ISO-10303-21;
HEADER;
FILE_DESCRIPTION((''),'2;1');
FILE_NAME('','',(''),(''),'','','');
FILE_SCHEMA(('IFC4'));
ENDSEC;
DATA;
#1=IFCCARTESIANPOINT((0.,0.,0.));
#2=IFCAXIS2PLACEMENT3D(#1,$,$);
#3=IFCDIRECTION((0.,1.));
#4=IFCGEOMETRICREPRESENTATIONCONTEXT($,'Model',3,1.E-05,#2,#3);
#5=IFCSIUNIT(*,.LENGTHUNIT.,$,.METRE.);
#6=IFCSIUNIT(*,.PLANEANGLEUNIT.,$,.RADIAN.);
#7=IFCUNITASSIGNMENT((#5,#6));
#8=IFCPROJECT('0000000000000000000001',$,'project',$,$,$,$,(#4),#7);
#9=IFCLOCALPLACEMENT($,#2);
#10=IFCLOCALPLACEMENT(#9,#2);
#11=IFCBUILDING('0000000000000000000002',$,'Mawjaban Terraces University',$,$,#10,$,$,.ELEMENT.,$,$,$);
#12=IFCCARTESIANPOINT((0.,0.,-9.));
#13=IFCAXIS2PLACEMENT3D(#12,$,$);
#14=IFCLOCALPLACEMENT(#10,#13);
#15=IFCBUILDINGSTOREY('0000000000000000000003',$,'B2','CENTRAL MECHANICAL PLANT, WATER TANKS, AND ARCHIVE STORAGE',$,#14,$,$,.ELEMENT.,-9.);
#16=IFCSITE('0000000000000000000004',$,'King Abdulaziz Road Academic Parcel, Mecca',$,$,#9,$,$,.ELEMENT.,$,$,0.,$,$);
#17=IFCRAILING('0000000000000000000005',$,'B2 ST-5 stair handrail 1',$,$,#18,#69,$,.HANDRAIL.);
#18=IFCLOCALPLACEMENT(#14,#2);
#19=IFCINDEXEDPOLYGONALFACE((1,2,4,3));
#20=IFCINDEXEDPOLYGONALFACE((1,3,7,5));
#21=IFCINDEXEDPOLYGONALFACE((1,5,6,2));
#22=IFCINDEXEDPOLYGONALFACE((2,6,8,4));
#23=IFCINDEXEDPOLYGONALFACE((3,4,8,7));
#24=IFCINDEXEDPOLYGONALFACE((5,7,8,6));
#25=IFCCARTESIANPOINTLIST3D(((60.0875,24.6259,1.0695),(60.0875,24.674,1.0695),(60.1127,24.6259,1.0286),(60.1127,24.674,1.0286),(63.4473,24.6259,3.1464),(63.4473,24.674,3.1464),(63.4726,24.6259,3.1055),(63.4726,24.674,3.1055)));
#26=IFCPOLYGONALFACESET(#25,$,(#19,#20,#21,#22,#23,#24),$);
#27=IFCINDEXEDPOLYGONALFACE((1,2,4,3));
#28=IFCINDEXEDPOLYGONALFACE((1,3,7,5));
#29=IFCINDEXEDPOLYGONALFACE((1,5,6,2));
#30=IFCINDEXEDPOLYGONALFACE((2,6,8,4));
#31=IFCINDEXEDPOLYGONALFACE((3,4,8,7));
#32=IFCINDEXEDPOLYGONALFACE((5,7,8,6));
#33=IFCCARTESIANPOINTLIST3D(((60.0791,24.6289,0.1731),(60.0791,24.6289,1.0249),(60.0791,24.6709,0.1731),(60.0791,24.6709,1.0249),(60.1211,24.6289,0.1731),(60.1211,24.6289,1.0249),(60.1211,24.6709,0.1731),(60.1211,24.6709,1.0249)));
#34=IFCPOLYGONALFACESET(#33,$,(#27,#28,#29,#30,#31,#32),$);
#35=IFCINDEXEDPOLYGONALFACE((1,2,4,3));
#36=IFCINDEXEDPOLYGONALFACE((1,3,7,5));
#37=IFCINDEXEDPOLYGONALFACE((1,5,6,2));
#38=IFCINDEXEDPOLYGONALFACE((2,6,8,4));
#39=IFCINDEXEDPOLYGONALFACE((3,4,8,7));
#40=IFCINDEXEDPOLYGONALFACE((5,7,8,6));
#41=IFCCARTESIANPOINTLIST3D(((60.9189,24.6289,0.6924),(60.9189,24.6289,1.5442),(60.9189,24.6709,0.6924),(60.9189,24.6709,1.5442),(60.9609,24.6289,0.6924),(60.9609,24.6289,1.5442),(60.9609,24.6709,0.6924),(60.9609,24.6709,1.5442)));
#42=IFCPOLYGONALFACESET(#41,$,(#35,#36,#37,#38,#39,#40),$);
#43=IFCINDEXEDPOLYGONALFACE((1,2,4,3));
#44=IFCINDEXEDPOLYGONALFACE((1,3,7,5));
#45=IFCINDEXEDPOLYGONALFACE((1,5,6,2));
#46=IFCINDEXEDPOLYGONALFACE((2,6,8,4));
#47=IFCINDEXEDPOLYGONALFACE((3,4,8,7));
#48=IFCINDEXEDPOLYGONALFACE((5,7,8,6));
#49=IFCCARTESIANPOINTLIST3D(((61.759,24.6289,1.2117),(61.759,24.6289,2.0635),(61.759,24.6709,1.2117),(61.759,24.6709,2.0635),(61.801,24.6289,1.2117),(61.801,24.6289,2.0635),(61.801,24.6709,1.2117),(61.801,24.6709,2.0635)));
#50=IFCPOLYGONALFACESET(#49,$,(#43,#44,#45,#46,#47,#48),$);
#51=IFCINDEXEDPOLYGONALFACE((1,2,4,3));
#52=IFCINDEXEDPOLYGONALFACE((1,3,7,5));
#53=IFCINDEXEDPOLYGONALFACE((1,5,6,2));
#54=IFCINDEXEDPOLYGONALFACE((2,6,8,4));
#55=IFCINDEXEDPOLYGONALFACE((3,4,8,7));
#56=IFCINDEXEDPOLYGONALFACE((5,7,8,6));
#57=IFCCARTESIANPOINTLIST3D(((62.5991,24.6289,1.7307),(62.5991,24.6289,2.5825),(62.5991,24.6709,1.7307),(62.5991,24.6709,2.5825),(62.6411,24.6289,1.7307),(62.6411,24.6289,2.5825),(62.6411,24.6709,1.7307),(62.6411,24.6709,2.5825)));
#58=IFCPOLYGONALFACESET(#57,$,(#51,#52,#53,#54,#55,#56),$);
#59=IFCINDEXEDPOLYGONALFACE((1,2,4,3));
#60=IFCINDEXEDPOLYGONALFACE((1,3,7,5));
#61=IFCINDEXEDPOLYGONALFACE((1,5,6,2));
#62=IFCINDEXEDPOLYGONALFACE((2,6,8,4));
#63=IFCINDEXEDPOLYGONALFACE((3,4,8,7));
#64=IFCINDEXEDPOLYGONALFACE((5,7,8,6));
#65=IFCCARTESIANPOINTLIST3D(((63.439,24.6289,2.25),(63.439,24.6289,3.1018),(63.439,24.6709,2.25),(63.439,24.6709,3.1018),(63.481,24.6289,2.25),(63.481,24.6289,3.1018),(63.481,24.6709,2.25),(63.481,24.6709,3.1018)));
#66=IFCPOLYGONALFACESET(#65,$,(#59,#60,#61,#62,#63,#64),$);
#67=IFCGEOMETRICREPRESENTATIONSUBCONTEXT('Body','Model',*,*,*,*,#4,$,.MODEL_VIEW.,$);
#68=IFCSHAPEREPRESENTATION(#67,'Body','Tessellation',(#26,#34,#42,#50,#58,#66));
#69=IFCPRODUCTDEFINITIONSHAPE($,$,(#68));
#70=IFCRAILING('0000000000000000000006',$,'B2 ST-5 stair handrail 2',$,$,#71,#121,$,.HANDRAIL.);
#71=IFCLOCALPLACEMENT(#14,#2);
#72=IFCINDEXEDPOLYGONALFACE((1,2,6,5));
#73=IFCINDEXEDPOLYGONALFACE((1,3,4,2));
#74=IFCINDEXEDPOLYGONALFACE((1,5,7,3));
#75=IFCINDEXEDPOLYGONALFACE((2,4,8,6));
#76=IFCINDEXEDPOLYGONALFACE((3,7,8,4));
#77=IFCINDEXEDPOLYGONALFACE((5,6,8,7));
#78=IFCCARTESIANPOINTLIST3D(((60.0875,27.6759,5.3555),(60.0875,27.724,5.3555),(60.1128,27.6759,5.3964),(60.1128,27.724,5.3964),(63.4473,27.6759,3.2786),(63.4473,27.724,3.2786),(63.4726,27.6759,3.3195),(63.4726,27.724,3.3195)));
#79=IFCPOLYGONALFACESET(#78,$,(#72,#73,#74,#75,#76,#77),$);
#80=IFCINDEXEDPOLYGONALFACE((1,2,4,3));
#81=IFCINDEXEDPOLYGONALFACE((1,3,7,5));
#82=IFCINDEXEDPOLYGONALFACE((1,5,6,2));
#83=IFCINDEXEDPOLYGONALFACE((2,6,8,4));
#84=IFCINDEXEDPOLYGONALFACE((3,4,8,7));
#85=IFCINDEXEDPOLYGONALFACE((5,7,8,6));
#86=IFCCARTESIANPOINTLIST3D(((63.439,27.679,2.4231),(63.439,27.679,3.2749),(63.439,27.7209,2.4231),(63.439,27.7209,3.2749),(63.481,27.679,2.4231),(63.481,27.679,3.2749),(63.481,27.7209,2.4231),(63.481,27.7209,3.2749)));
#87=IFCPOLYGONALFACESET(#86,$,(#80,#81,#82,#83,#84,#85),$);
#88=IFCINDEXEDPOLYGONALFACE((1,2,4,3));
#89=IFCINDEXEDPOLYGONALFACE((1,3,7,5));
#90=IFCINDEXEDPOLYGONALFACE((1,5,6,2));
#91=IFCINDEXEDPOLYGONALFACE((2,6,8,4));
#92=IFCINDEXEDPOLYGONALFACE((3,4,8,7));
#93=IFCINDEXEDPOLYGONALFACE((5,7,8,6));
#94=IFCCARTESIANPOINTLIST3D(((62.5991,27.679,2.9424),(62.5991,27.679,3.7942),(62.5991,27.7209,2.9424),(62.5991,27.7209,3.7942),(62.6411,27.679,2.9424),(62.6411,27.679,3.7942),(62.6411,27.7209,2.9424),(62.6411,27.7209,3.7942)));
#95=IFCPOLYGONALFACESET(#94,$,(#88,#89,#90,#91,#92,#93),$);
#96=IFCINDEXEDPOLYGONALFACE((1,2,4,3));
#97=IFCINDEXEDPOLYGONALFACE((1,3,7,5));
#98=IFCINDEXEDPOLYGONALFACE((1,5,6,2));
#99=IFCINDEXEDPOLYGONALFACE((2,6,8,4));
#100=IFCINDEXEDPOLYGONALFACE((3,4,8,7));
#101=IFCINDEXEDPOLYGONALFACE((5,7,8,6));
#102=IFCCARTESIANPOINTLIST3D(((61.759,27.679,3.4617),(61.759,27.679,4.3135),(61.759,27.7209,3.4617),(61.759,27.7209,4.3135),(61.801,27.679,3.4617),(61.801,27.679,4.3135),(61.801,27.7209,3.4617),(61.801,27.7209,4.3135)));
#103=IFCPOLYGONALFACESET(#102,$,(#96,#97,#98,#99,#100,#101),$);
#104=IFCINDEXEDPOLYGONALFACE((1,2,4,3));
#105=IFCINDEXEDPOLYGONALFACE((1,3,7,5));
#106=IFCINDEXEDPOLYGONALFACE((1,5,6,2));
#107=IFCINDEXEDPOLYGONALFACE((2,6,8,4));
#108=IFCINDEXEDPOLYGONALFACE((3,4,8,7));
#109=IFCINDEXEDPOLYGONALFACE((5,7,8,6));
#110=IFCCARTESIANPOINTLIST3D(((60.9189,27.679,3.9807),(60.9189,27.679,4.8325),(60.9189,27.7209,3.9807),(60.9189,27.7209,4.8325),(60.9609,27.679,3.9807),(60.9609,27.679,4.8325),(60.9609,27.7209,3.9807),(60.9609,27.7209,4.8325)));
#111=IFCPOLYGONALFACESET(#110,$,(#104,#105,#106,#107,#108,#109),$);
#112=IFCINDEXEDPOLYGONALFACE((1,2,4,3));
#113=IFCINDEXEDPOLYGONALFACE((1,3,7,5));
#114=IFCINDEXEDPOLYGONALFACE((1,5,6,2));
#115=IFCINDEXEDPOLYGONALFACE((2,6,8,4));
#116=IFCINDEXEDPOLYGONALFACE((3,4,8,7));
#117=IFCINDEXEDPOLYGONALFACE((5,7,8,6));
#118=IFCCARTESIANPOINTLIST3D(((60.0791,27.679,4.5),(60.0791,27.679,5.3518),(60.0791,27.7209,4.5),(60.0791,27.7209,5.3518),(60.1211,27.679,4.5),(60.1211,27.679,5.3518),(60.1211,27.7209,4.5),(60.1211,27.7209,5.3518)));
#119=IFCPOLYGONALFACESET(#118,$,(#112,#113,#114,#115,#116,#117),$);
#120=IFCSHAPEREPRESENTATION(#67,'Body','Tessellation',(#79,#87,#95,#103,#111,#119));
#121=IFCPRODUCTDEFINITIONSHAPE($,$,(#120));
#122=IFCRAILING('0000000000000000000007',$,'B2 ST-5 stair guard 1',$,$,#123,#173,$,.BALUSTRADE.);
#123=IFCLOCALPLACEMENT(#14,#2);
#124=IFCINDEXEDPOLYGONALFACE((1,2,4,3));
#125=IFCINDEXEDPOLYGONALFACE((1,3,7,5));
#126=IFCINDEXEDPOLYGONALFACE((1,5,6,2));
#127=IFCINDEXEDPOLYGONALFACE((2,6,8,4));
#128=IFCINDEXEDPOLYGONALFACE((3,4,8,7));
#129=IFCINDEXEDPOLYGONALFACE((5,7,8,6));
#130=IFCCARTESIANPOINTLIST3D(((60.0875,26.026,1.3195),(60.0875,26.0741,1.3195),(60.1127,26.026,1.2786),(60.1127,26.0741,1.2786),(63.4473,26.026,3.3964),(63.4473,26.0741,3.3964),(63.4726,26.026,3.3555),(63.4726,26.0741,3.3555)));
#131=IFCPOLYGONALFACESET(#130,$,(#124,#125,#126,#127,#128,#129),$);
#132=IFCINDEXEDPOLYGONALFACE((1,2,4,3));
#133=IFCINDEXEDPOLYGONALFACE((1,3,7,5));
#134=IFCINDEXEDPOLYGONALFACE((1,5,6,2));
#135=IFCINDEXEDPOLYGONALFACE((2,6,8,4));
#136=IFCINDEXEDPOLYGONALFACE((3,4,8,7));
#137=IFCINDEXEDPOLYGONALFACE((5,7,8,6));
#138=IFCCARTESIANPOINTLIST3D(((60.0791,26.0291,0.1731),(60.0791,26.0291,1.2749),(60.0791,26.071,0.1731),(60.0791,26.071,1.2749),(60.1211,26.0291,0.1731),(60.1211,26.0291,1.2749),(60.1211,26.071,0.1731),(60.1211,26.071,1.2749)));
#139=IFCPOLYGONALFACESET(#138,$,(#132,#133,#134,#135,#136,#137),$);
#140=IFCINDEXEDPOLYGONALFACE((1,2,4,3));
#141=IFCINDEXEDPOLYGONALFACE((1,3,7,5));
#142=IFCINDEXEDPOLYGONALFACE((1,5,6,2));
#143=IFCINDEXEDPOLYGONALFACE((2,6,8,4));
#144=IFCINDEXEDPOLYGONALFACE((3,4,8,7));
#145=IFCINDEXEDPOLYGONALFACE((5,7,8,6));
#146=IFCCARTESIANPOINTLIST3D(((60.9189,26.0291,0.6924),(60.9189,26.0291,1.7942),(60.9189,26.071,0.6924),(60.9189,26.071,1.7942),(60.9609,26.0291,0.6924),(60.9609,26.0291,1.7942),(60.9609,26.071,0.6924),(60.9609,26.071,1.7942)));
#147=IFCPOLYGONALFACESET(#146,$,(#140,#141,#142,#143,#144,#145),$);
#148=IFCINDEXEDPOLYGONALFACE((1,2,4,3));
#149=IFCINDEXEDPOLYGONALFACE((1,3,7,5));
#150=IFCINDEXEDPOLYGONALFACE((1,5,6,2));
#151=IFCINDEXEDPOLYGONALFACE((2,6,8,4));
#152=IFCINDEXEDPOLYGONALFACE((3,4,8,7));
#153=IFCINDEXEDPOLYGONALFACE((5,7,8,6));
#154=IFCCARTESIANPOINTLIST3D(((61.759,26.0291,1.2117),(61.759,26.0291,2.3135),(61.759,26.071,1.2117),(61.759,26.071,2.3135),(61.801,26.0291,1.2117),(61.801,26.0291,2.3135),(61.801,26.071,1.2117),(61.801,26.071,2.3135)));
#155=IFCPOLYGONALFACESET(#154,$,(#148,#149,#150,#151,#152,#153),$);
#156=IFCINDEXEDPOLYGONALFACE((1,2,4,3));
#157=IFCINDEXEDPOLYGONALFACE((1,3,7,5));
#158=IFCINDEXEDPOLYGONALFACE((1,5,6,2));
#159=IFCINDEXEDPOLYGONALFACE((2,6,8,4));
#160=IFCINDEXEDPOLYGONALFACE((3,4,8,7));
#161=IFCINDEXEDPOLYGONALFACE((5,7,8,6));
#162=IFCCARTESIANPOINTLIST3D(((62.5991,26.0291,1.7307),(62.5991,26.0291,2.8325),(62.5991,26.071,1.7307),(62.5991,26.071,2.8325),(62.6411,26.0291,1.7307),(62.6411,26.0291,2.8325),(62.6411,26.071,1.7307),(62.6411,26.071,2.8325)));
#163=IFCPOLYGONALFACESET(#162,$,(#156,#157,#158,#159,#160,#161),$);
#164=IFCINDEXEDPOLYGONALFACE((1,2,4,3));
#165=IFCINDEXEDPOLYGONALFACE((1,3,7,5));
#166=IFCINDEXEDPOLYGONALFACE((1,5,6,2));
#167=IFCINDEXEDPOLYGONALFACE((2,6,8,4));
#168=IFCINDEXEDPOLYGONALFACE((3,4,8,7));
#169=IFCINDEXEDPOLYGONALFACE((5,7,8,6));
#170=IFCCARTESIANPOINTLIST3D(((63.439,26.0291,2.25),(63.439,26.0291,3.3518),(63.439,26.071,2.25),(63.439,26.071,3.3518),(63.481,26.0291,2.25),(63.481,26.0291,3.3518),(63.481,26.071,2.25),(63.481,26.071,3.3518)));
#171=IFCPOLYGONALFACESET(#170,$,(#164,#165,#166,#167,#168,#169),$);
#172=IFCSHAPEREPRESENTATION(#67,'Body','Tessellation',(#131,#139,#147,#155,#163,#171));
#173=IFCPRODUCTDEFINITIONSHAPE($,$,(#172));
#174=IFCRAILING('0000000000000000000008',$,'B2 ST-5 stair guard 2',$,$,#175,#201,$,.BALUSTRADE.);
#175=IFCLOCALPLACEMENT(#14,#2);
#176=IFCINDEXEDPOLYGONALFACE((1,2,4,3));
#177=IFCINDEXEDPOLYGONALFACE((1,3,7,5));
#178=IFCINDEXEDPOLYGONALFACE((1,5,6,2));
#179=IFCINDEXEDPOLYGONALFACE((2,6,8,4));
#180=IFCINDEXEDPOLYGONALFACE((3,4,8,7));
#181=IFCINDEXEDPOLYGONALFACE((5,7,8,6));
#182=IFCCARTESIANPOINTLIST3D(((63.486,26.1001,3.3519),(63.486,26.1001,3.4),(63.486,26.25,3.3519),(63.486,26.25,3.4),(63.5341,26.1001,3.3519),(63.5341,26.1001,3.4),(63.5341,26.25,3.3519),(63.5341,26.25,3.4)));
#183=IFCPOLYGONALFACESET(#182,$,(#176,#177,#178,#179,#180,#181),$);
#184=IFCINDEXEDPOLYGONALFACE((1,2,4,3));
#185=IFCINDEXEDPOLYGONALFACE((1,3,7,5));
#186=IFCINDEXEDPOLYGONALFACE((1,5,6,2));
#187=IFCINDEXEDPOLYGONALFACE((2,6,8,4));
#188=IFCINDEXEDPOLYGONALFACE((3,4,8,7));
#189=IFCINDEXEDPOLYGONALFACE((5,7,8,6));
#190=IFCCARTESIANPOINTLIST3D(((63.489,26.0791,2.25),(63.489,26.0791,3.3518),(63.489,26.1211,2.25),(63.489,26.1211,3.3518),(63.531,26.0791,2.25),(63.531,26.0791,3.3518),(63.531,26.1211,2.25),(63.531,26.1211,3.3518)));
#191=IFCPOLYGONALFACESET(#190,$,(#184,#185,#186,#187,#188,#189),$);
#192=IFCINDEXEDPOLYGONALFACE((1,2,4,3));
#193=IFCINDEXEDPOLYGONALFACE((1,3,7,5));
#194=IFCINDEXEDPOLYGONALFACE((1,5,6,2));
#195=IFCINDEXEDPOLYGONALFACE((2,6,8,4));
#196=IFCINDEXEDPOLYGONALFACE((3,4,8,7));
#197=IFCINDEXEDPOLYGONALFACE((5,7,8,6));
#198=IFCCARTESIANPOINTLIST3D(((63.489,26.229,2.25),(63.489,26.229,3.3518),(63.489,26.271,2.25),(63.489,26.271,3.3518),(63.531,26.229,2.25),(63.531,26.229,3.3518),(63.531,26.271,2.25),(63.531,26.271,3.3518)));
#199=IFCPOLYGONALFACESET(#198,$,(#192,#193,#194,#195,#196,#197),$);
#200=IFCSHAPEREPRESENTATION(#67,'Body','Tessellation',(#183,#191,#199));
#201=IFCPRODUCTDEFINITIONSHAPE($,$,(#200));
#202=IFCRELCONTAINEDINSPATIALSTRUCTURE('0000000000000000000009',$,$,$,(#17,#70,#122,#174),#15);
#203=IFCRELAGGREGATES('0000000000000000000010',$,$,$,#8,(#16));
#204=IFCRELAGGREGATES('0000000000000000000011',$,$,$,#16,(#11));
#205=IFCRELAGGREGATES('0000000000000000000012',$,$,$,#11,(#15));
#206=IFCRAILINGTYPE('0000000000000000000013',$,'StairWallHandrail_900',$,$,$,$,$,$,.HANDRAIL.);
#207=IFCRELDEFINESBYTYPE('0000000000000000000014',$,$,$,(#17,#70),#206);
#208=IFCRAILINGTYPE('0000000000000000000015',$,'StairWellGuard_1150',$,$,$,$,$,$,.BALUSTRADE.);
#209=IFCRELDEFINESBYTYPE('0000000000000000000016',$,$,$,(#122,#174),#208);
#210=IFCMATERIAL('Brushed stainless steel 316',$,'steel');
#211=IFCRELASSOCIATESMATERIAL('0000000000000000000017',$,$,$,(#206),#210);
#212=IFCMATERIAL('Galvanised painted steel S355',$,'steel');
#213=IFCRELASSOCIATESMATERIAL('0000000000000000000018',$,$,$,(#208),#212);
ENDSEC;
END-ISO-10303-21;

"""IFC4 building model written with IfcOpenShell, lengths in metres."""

from ifc_helpers import new_model, si_unit, direction, frame, origin, origin_2d, place, context, subcontext, project, spatial, rectangle, extrude, material, type_object, element, save


model = new_model("IFC4")

# Units and contexts
model_context = context("Model", 3, precision=1e-05, world=origin(), true_north=direction((0.0, 1.0)))
body_context = subcontext(model_context, "Body", "Model", "MODEL_VIEW")
ifc_project = project(units=[si_unit("LENGTHUNIT", "METRE"), si_unit("PLANEANGLEUNIT", "RADIAN")], contexts=[model_context])

# Site, building, storey
site_placement = place(None, origin())
site = spatial("IfcSite", under=ifc_project, at=site_placement, Name="King Abdulaziz Road Academic Parcel, Mecca", CompositionType="ELEMENT", RefElevation=0.0)
building_placement = place(site_placement, origin())
building = spatial("IfcBuilding", under=site, at=building_placement, Name="Mawjaban Terraces University", CompositionType="ELEMENT")
storey_placement = place(building_placement, frame((0.0, 0.0, -9.0)))
storey = spatial("IfcBuildingStorey", under=building, at=storey_placement, Name="B2", Description="CENTRAL MECHANICAL PLANT, WATER TANKS, AND ARCHIVE STORAGE", CompositionType="ELEMENT", Elevation=-9.0)

# Railings
ifc_material_1 = material(Name="Brushed stainless steel 316", Category="steel")
railing_type_1 = type_object("IfcRailingType", Name="StairWallHandrail_900", PredefinedType="HANDRAIL", material=ifc_material_1)
railing_1_placement = place(storey_placement, frame((60.1001, 24.6499, 0.1731)))
element("IfcRailing", 1, at=railing_1_placement, inside=storey, type_object=railing_type_1, Name="B2 ST-5 stair handrail 1", PredefinedType="HANDRAIL", context=body_context, shape_type="SweptSolid", body=[
    extrude(rectangle(XDim=0.0481, YDim=0.0481, at=origin_2d()), frame((0.0, 0.0, 0.876), z_axis=(0.850606, 0.0, 0.525803), x_axis=(0.0, 1.0, 0.0)), (0.0, 0.0, 1.0), 3.95),
    extrude(rectangle(XDim=0.042, YDim=0.042, at=origin_2d()), origin(), (0.0, 0.0, 1.0), 0.8518),
    extrude(rectangle(XDim=0.042, YDim=0.042, at=origin_2d()), frame((0.8398, 0.0, 0.5193)), (0.0, 0.0, 1.0), 0.8518),
    extrude(rectangle(XDim=0.042, YDim=0.042, at=origin_2d()), frame((1.6799, 0.0, 1.0386)), (0.0, 0.0, 1.0), 0.8518),
    extrude(rectangle(XDim=0.042, YDim=0.042, at=origin_2d()), frame((2.52, 0.0, 1.5576)), (0.0, 0.0, 1.0), 0.8518),
    extrude(rectangle(XDim=0.042, YDim=0.042, at=origin_2d()), frame((3.3599, 0.0, 2.0769)), (0.0, 0.0, 1.0), 0.8518),
])
railing_2_placement = place(storey_placement, frame((63.46, 27.7, 2.4231)))
element("IfcRailing", 2, at=railing_2_placement, inside=storey, type_object=railing_type_1, Name="B2 ST-5 stair handrail 2", PredefinedType="HANDRAIL", context=body_context, shape_type="SweptSolid", body=[
    extrude(rectangle(XDim=0.0481, YDim=0.0481, at=origin_2d()), frame((0.0, 0.0, 0.876), z_axis=(-0.850606, 0.0, 0.525803), x_axis=(0.0, -1.0, 0.0)), (0.0, 0.0, 1.0), 3.95),
    extrude(rectangle(XDim=0.042, YDim=0.042, at=origin_2d()), origin(), (0.0, 0.0, 1.0), 0.8518),
    extrude(rectangle(XDim=0.042, YDim=0.042, at=origin_2d()), frame((-0.8398, 0.0, 0.5193)), (0.0, 0.0, 1.0), 0.8518),
    extrude(rectangle(XDim=0.042, YDim=0.042, at=origin_2d()), frame((-1.6799, 0.0, 1.0386)), (0.0, 0.0, 1.0), 0.8518),
    extrude(rectangle(XDim=0.042, YDim=0.042, at=origin_2d()), frame((-2.52, 0.0, 1.5576)), (0.0, 0.0, 1.0), 0.8518),
    extrude(rectangle(XDim=0.042, YDim=0.042, at=origin_2d()), frame((-3.3599, 0.0, 2.0769)), (0.0, 0.0, 1.0), 0.8518),
])
ifc_material_2 = material(Name="Galvanised painted steel S355", Category="steel")
railing_type_2 = type_object("IfcRailingType", Name="StairWellGuard_1150", PredefinedType="BALUSTRADE", material=ifc_material_2)
railing_3_placement = place(storey_placement, frame((60.1001, 26.05, 0.1731)))
element("IfcRailing", 3, at=railing_3_placement, inside=storey, type_object=railing_type_2, Name="B2 ST-5 stair guard 1", PredefinedType="BALUSTRADE", context=body_context, shape_type="SweptSolid", body=[
    extrude(rectangle(XDim=0.0481, YDim=0.0481, at=origin_2d()), frame((0.0, 0.0, 1.126), z_axis=(0.850606, 0.0, 0.525803), x_axis=(0.0, 1.0, 0.0)), (0.0, 0.0, 1.0), 3.95),
    extrude(rectangle(XDim=0.042, YDim=0.042, at=origin_2d()), origin(), (0.0, 0.0, 1.0), 1.1018),
    extrude(rectangle(XDim=0.042, YDim=0.042, at=origin_2d()), frame((0.8398, 0.0, 0.5193)), (0.0, 0.0, 1.0), 1.1018),
    extrude(rectangle(XDim=0.042, YDim=0.042, at=origin_2d()), frame((1.6799, 0.0, 1.0386)), (0.0, 0.0, 1.0), 1.1018),
    extrude(rectangle(XDim=0.042, YDim=0.042, at=origin_2d()), frame((2.52, 0.0, 1.5576)), (0.0, 0.0, 1.0), 1.1018),
    extrude(rectangle(XDim=0.042, YDim=0.042, at=origin_2d()), frame((3.3599, 0.0, 2.0769)), (0.0, 0.0, 1.0), 1.1018),
])
railing_4_placement = place(storey_placement, frame((63.51, 26.1001, 2.25)))
element("IfcRailing", 4, at=railing_4_placement, inside=storey, type_object=railing_type_2, Name="B2 ST-5 stair guard 2", PredefinedType="BALUSTRADE", context=body_context, shape_type="SweptSolid", body=[
    extrude(rectangle(XDim=0.0481, YDim=0.0481, at=origin_2d()), frame((0.0, 0.0, 1.126), z_axis=(0.0, 1.0, 0.0), x_axis=(-1.0, 0.0, 0.0)), (0.0, 0.0, 1.0), 0.1499),
    extrude(rectangle(XDim=0.042, YDim=0.042, at=origin_2d()), origin(), (0.0, 0.0, 1.0), 1.1018),
    extrude(rectangle(XDim=0.042, YDim=0.042, at=origin_2d()), frame((0.0, 0.1499, 0.0)), (0.0, 0.0, 1.0), 1.1018),
])

save(model, "model.ifc")
